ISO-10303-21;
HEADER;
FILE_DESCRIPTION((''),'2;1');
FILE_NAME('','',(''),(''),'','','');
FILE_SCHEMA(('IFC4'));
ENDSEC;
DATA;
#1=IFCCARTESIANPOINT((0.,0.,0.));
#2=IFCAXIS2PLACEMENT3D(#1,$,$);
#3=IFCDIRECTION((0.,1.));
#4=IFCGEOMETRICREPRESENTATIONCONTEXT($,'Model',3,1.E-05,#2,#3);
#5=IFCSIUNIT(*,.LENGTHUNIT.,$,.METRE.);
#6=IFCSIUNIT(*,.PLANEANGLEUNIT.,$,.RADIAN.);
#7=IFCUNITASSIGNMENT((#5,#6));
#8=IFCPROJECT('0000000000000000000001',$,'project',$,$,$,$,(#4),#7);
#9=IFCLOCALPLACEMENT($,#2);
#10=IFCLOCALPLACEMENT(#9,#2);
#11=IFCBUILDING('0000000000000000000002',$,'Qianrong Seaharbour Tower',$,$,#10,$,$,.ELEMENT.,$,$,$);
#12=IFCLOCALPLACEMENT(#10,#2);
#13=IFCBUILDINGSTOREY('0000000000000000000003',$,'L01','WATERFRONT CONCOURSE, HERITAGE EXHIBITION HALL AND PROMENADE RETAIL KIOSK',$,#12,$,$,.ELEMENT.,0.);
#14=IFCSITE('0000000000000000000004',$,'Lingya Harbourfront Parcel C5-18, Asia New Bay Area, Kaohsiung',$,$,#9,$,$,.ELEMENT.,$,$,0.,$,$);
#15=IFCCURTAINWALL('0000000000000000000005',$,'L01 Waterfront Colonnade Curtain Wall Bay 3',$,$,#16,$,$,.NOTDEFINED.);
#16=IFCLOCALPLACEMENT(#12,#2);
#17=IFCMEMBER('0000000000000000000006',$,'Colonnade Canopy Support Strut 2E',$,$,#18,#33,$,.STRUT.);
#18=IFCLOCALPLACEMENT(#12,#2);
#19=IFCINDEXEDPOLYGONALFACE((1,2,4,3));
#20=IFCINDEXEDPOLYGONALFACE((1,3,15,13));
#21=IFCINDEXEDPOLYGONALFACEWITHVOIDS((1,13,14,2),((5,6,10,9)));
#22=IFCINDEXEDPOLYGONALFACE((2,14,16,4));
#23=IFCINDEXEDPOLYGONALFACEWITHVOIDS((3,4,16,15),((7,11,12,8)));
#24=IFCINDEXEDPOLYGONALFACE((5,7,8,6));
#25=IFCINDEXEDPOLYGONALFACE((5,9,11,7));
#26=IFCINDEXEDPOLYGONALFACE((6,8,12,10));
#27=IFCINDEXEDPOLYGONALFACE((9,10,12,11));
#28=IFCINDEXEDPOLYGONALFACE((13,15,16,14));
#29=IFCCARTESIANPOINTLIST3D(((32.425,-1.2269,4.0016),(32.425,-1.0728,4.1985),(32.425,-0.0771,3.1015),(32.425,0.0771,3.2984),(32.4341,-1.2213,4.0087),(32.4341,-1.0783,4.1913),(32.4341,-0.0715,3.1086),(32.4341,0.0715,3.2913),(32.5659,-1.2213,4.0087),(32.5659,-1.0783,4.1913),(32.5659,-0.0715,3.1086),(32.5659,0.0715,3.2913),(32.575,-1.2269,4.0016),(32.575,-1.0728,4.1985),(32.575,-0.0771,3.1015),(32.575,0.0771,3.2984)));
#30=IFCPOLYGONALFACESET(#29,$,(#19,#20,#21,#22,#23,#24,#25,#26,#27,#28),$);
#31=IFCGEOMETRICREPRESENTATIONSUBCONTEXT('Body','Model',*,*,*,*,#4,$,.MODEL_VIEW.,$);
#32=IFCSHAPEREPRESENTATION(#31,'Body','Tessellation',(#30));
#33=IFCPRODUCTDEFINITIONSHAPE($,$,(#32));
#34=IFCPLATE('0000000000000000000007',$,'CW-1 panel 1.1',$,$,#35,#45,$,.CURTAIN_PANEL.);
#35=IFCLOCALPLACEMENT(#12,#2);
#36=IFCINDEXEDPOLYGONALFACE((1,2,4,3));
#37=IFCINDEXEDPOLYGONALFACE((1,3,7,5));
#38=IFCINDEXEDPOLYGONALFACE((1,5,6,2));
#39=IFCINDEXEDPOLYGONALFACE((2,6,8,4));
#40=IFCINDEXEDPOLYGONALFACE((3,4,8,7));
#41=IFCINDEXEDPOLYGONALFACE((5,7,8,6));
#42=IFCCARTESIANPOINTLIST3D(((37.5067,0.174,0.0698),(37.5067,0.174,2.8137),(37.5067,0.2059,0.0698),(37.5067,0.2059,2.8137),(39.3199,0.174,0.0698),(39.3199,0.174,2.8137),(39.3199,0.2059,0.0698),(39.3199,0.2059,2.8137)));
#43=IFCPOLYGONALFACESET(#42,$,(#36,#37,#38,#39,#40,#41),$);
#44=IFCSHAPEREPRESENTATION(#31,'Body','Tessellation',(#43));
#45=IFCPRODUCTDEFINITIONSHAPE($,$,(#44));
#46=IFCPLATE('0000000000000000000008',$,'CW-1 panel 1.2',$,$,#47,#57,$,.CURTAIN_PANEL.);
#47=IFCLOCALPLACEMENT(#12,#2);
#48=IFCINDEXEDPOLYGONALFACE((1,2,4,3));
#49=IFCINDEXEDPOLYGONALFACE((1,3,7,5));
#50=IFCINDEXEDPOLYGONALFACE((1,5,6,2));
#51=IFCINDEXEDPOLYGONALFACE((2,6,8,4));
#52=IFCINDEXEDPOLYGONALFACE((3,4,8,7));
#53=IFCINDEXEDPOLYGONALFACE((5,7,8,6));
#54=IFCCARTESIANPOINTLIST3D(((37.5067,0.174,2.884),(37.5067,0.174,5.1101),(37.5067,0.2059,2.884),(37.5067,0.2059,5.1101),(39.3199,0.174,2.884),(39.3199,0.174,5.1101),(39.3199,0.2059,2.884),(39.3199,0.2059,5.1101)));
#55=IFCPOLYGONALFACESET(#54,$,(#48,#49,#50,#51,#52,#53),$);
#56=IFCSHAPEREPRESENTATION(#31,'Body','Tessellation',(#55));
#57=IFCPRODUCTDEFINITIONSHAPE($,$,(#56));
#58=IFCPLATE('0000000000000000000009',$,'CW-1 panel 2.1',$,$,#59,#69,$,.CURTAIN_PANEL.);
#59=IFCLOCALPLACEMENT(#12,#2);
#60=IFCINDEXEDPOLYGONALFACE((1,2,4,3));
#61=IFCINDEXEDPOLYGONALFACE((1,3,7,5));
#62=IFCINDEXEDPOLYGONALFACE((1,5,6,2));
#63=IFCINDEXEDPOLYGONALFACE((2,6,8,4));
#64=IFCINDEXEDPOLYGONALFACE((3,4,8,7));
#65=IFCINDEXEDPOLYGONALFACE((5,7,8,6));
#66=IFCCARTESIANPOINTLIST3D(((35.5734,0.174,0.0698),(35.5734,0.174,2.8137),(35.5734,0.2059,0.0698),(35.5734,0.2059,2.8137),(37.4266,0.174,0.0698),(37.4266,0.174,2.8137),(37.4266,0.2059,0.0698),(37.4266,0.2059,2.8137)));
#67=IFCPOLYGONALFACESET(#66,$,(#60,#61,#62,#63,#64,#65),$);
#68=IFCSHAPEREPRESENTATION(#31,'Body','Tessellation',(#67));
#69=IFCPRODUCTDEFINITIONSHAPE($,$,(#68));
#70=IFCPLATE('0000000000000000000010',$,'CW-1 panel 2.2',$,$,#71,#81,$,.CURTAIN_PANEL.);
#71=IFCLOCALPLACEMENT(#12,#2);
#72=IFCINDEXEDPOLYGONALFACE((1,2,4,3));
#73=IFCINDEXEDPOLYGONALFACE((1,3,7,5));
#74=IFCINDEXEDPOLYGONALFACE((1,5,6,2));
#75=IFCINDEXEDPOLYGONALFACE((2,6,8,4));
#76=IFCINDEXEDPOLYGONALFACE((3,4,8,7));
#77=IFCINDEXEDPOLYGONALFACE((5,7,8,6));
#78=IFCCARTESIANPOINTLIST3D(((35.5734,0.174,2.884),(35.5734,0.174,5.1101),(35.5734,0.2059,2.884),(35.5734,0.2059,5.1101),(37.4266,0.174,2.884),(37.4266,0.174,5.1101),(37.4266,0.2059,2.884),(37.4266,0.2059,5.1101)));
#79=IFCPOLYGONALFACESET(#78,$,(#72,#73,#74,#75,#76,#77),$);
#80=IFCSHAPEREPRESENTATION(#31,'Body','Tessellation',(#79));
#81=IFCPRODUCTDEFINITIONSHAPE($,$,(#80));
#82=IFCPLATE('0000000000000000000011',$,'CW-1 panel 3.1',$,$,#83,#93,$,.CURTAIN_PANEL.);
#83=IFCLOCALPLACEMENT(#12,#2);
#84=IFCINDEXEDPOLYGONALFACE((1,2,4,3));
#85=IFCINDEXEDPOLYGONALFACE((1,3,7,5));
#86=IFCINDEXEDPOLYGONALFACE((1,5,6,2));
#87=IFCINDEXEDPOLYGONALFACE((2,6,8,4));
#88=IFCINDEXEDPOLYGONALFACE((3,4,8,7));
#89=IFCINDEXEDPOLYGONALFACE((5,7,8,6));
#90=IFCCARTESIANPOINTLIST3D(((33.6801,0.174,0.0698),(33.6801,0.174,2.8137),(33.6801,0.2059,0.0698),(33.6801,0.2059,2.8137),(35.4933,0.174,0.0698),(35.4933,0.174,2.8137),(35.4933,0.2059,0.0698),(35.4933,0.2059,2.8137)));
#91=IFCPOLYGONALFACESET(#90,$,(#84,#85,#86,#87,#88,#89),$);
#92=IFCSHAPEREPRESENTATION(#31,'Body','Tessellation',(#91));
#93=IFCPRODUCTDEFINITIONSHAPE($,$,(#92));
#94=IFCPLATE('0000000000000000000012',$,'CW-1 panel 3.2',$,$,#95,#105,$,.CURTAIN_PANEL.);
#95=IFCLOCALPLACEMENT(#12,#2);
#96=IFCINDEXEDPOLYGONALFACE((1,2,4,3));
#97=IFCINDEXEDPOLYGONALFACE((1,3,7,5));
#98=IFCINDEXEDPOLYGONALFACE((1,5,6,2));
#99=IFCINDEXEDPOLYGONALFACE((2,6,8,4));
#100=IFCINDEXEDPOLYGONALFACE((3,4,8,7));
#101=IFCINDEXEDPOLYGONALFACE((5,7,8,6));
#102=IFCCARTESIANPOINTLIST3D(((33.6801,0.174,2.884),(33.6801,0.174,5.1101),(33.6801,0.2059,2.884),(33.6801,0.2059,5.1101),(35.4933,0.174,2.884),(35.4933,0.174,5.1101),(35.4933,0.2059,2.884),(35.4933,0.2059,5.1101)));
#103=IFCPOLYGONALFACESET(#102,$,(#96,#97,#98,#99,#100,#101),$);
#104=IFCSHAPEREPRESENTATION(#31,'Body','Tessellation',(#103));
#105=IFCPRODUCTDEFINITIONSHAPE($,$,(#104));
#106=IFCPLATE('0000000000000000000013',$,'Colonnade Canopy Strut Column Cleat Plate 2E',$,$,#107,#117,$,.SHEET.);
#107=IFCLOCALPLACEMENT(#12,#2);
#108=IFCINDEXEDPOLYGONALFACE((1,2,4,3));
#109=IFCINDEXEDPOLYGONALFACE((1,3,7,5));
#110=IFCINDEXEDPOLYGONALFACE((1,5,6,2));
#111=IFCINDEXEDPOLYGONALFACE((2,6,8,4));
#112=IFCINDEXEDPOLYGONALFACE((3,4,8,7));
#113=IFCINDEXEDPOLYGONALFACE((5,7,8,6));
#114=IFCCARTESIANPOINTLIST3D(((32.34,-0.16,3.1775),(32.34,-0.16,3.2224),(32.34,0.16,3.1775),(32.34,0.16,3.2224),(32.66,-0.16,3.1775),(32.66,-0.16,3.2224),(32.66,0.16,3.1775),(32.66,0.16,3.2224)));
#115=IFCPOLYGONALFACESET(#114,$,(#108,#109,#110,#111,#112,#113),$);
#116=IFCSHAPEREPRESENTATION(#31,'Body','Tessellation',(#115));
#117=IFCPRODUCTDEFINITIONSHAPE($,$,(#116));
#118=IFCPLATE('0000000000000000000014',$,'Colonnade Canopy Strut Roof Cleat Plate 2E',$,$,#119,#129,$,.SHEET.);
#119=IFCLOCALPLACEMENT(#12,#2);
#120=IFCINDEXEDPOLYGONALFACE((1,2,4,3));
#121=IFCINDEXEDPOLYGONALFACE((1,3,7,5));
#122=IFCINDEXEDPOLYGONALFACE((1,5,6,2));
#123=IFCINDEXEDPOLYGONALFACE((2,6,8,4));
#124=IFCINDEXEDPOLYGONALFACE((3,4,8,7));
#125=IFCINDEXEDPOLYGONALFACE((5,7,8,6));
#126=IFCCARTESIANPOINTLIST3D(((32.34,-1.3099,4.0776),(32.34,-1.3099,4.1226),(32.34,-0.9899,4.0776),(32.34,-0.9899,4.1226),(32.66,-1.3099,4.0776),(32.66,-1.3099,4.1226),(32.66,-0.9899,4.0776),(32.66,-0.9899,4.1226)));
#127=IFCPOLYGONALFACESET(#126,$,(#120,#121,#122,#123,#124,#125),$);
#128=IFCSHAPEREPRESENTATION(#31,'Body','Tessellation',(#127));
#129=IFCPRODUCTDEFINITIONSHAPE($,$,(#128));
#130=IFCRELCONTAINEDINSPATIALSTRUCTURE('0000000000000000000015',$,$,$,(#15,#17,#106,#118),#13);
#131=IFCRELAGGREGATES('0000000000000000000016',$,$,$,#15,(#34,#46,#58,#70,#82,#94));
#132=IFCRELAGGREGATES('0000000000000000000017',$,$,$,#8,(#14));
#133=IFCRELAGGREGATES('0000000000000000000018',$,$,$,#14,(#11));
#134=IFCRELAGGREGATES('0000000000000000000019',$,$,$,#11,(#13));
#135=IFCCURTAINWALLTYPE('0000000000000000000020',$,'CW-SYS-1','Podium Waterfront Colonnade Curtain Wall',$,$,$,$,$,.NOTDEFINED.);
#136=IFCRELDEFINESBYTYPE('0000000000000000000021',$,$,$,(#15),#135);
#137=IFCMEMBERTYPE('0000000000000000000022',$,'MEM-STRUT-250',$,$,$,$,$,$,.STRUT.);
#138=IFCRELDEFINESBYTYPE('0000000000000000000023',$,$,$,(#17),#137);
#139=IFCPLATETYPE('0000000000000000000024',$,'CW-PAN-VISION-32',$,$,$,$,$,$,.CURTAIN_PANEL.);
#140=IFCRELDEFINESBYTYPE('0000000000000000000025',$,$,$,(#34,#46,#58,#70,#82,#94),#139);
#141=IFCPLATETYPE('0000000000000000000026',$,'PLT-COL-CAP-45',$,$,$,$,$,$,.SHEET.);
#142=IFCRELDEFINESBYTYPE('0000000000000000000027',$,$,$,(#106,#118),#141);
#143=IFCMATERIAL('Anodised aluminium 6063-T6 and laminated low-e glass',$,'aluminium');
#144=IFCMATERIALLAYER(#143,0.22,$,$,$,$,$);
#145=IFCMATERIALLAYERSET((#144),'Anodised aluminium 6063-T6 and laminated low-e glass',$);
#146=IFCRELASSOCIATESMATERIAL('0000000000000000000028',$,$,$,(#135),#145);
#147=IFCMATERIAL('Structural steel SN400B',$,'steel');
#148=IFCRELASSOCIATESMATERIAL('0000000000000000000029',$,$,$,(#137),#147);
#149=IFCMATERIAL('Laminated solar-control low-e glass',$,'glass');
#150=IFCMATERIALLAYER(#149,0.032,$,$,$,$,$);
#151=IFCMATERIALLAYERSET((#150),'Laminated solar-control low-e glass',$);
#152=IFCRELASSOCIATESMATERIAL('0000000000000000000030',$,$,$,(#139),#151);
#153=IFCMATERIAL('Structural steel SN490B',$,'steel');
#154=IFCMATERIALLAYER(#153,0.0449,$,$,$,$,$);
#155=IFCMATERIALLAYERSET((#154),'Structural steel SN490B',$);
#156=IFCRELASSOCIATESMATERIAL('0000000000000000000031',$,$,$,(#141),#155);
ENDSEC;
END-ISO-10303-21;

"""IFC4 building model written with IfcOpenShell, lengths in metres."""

from ifc_helpers import new_model, si_unit, direction, frame, origin, origin_2d, place, context, subcontext, project, spatial, rectangle, hollow_rectangle, extrude, material, layer, layer_set, material_profile, profile_set, type_object, element, aggregate, save


model = new_model("IFC4")

# Units and contexts
model_context = context("Model", 3, precision=1e-05, world=origin(), true_north=direction((0.0, 1.0)))
body_context = subcontext(model_context, "Body", "Model", "MODEL_VIEW")
ifc_project = project(units=[si_unit("LENGTHUNIT", "METRE"), si_unit("PLANEANGLEUNIT", "RADIAN")], contexts=[model_context])

# Site, building, storey
site_placement = place(None, origin())
site = spatial("IfcSite", under=ifc_project, at=site_placement, Name="Lingya Harbourfront Parcel C5-18, Asia New Bay Area, Kaohsiung", CompositionType="ELEMENT", RefElevation=0.0)
building_placement = place(site_placement, origin())
building = spatial("IfcBuilding", under=site, at=building_placement, Name="Qianrong Seaharbour Tower", CompositionType="ELEMENT")
storey_placement = place(building_placement, origin())
storey = spatial("IfcBuildingStorey", under=building, at=storey_placement, Name="L01", Description="WATERFRONT CONCOURSE, HERITAGE EXHIBITION HALL AND PROMENADE RETAIL KIOSK", CompositionType="ELEMENT", Elevation=0.0)

# Shared definitions
ifc_material_1 = material(Name="Structural steel SN490B", Category="steel")
ifc_material_2 = material(Name="Structural steel SN400B", Category="steel")

# Curtain wall
ifc_material_3 = material(Name="Anodised aluminium 6063-T6 and laminated low-e glass", Category="aluminium")
ifc_layer_1 = layer(ifc_material_3, 0.22)
ifc_layer_set_1 = layer_set([ifc_layer_1], Name="Anodised aluminium 6063-T6 and laminated low-e glass")
curtain_wall_type = type_object("IfcCurtainWallType", Name="CW-SYS-1", Description="Podium Waterfront Colonnade Curtain Wall", PredefinedType="NOTDEFINED", material=ifc_layer_set_1)
curtain_wall_placement = place(storey_placement, origin())
curtain_wall = element("IfcCurtainWall", 1, at=curtain_wall_placement, inside=storey, type_object=curtain_wall_type, Name="L01 Waterfront Colonnade Curtain Wall Bay 3", PredefinedType="NOTDEFINED")

# Member
ifc_material_profile_1 = material_profile(ifc_material_2, hollow_rectangle(XDim=0.1499, YDim=0.25, WallThickness=0.009, at=origin_2d()), Name="RHS250x150x9")
ifc_profile_set_1 = profile_set([ifc_material_profile_1], Name="Structural steel SN400B")
member_type_1 = type_object("IfcMemberType", Name="MEM-STRUT-250", PredefinedType="STRUT", material=ifc_profile_set_1)
member_1_placement = place(storey_placement, frame((32.5, 0.0, 3.2), z_axis=(0.0, -0.787431, 0.616403), x_axis=(1.0, 0.0, 0.0)))
element("IfcMember", 2, at=member_1_placement, inside=storey, type_object=member_type_1, Name="Colonnade Canopy Support Strut 2E", PredefinedType="STRUT", context=body_context, shape_type="SweptSolid", body=[
    extrude(hollow_rectangle(XDim=0.1499, YDim=0.25, WallThickness=0.009, at=origin_2d()), origin(), (0.0, 0.0, 1.0), 1.4602),
])

# Plates
ifc_material_4 = material(Name="Laminated solar-control low-e glass", Category="glass")
ifc_layer_2 = layer(ifc_material_4, 0.032)
ifc_layer_set_2 = layer_set([ifc_layer_2], Name="Laminated solar-control low-e glass")
plate_type_1 = type_object("IfcPlateType", Name="CW-PAN-VISION-32", PredefinedType="CURTAIN_PANEL", material=ifc_layer_set_2)
plate_1_placement = place(storey_placement, frame((38.4133, 0.1899, 0.0698), z_axis=(0.0, 0.0, 1.0), x_axis=(-1.0, 0.0, 0.0)))
plate_1 = element("IfcPlate", 3, at=plate_1_placement, type_object=plate_type_1, Name="CW-1 panel 1.1", PredefinedType="CURTAIN_PANEL", context=body_context, shape_type="SweptSolid", body=[
    extrude(rectangle(XDim=1.8132, YDim=0.032, at=origin_2d()), origin(), (0.0, 0.0, 1.0), 2.7439),
])
plate_2_placement = place(storey_placement, frame((38.4133, 0.1899, 2.884), z_axis=(0.0, 0.0, 1.0), x_axis=(-1.0, 0.0, 0.0)))
plate_2 = element("IfcPlate", 4, at=plate_2_placement, type_object=plate_type_1, Name="CW-1 panel 1.2", PredefinedType="CURTAIN_PANEL", context=body_context, shape_type="SweptSolid", body=[
    extrude(rectangle(XDim=1.8132, YDim=0.032, at=origin_2d()), origin(), (0.0, 0.0, 1.0), 2.2261),
])
plate_3_placement = place(storey_placement, frame((36.5, 0.1899, 0.0698), z_axis=(0.0, 0.0, 1.0), x_axis=(-1.0, 0.0, 0.0)))
plate_3 = element("IfcPlate", 5, at=plate_3_placement, type_object=plate_type_1, Name="CW-1 panel 2.1", PredefinedType="CURTAIN_PANEL", context=body_context, shape_type="SweptSolid", body=[
    extrude(rectangle(XDim=1.8533, YDim=0.032, at=origin_2d()), origin(), (0.0, 0.0, 1.0), 2.7439),
])
plate_4_placement = place(storey_placement, frame((36.5, 0.1899, 2.884), z_axis=(0.0, 0.0, 1.0), x_axis=(-1.0, 0.0, 0.0)))
plate_4 = element("IfcPlate", 6, at=plate_4_placement, type_object=plate_type_1, Name="CW-1 panel 2.2", PredefinedType="CURTAIN_PANEL", context=body_context, shape_type="SweptSolid", body=[
    extrude(rectangle(XDim=1.8533, YDim=0.032, at=origin_2d()), origin(), (0.0, 0.0, 1.0), 2.2261),
])
plate_5_placement = place(storey_placement, frame((34.5867, 0.1899, 0.0698), z_axis=(0.0, 0.0, 1.0), x_axis=(-1.0, 0.0, 0.0)))
plate_5 = element("IfcPlate", 7, at=plate_5_placement, type_object=plate_type_1, Name="CW-1 panel 3.1", PredefinedType="CURTAIN_PANEL", context=body_context, shape_type="SweptSolid", body=[
    extrude(rectangle(XDim=1.8132, YDim=0.032, at=origin_2d()), origin(), (0.0, 0.0, 1.0), 2.7439),
])
plate_6_placement = place(storey_placement, frame((34.5867, 0.1899, 2.884), z_axis=(0.0, 0.0, 1.0), x_axis=(-1.0, 0.0, 0.0)))
plate_6 = element("IfcPlate", 8, at=plate_6_placement, type_object=plate_type_1, Name="CW-1 panel 3.2", PredefinedType="CURTAIN_PANEL", context=body_context, shape_type="SweptSolid", body=[
    extrude(rectangle(XDim=1.8132, YDim=0.032, at=origin_2d()), origin(), (0.0, 0.0, 1.0), 2.2261),
])
aggregate(curtain_wall, [plate_1, plate_2, plate_3, plate_4, plate_5, plate_6])

# Plates
ifc_layer_3 = layer(ifc_material_1, 0.0449)
ifc_layer_set_3 = layer_set([ifc_layer_3], Name="Structural steel SN490B")
plate_type_2 = type_object("IfcPlateType", Name="PLT-COL-CAP-45", PredefinedType="SHEET", material=ifc_layer_set_3)
for number, where, z_axis, x_axis, name in (
    (9, (32.5, 0.0, 3.1775), (0.0, 0.0, 1.0), (1.0, 0.0, 0.0), "Colonnade Canopy Strut Column Cleat Plate 2E"),
    (10, (32.5, -1.1499, 4.0776), (0.0, 0.0, 1.0), (1.0, 0.0, 0.0), "Colonnade Canopy Strut Roof Cleat Plate 2E"),
):
    element("IfcPlate", number, at=place(storey_placement, frame(where, z_axis=z_axis, x_axis=x_axis)), inside=storey, type_object=plate_type_2, Name=name, PredefinedType="SHEET", context=body_context, shape_type="SweptSolid", body=[
        extrude(rectangle(XDim=0.3201, YDim=0.3201, at=origin_2d()), origin(), (0.0, 0.0, 1.0), 0.0449),
    ])

save(model, "model.ifc")
